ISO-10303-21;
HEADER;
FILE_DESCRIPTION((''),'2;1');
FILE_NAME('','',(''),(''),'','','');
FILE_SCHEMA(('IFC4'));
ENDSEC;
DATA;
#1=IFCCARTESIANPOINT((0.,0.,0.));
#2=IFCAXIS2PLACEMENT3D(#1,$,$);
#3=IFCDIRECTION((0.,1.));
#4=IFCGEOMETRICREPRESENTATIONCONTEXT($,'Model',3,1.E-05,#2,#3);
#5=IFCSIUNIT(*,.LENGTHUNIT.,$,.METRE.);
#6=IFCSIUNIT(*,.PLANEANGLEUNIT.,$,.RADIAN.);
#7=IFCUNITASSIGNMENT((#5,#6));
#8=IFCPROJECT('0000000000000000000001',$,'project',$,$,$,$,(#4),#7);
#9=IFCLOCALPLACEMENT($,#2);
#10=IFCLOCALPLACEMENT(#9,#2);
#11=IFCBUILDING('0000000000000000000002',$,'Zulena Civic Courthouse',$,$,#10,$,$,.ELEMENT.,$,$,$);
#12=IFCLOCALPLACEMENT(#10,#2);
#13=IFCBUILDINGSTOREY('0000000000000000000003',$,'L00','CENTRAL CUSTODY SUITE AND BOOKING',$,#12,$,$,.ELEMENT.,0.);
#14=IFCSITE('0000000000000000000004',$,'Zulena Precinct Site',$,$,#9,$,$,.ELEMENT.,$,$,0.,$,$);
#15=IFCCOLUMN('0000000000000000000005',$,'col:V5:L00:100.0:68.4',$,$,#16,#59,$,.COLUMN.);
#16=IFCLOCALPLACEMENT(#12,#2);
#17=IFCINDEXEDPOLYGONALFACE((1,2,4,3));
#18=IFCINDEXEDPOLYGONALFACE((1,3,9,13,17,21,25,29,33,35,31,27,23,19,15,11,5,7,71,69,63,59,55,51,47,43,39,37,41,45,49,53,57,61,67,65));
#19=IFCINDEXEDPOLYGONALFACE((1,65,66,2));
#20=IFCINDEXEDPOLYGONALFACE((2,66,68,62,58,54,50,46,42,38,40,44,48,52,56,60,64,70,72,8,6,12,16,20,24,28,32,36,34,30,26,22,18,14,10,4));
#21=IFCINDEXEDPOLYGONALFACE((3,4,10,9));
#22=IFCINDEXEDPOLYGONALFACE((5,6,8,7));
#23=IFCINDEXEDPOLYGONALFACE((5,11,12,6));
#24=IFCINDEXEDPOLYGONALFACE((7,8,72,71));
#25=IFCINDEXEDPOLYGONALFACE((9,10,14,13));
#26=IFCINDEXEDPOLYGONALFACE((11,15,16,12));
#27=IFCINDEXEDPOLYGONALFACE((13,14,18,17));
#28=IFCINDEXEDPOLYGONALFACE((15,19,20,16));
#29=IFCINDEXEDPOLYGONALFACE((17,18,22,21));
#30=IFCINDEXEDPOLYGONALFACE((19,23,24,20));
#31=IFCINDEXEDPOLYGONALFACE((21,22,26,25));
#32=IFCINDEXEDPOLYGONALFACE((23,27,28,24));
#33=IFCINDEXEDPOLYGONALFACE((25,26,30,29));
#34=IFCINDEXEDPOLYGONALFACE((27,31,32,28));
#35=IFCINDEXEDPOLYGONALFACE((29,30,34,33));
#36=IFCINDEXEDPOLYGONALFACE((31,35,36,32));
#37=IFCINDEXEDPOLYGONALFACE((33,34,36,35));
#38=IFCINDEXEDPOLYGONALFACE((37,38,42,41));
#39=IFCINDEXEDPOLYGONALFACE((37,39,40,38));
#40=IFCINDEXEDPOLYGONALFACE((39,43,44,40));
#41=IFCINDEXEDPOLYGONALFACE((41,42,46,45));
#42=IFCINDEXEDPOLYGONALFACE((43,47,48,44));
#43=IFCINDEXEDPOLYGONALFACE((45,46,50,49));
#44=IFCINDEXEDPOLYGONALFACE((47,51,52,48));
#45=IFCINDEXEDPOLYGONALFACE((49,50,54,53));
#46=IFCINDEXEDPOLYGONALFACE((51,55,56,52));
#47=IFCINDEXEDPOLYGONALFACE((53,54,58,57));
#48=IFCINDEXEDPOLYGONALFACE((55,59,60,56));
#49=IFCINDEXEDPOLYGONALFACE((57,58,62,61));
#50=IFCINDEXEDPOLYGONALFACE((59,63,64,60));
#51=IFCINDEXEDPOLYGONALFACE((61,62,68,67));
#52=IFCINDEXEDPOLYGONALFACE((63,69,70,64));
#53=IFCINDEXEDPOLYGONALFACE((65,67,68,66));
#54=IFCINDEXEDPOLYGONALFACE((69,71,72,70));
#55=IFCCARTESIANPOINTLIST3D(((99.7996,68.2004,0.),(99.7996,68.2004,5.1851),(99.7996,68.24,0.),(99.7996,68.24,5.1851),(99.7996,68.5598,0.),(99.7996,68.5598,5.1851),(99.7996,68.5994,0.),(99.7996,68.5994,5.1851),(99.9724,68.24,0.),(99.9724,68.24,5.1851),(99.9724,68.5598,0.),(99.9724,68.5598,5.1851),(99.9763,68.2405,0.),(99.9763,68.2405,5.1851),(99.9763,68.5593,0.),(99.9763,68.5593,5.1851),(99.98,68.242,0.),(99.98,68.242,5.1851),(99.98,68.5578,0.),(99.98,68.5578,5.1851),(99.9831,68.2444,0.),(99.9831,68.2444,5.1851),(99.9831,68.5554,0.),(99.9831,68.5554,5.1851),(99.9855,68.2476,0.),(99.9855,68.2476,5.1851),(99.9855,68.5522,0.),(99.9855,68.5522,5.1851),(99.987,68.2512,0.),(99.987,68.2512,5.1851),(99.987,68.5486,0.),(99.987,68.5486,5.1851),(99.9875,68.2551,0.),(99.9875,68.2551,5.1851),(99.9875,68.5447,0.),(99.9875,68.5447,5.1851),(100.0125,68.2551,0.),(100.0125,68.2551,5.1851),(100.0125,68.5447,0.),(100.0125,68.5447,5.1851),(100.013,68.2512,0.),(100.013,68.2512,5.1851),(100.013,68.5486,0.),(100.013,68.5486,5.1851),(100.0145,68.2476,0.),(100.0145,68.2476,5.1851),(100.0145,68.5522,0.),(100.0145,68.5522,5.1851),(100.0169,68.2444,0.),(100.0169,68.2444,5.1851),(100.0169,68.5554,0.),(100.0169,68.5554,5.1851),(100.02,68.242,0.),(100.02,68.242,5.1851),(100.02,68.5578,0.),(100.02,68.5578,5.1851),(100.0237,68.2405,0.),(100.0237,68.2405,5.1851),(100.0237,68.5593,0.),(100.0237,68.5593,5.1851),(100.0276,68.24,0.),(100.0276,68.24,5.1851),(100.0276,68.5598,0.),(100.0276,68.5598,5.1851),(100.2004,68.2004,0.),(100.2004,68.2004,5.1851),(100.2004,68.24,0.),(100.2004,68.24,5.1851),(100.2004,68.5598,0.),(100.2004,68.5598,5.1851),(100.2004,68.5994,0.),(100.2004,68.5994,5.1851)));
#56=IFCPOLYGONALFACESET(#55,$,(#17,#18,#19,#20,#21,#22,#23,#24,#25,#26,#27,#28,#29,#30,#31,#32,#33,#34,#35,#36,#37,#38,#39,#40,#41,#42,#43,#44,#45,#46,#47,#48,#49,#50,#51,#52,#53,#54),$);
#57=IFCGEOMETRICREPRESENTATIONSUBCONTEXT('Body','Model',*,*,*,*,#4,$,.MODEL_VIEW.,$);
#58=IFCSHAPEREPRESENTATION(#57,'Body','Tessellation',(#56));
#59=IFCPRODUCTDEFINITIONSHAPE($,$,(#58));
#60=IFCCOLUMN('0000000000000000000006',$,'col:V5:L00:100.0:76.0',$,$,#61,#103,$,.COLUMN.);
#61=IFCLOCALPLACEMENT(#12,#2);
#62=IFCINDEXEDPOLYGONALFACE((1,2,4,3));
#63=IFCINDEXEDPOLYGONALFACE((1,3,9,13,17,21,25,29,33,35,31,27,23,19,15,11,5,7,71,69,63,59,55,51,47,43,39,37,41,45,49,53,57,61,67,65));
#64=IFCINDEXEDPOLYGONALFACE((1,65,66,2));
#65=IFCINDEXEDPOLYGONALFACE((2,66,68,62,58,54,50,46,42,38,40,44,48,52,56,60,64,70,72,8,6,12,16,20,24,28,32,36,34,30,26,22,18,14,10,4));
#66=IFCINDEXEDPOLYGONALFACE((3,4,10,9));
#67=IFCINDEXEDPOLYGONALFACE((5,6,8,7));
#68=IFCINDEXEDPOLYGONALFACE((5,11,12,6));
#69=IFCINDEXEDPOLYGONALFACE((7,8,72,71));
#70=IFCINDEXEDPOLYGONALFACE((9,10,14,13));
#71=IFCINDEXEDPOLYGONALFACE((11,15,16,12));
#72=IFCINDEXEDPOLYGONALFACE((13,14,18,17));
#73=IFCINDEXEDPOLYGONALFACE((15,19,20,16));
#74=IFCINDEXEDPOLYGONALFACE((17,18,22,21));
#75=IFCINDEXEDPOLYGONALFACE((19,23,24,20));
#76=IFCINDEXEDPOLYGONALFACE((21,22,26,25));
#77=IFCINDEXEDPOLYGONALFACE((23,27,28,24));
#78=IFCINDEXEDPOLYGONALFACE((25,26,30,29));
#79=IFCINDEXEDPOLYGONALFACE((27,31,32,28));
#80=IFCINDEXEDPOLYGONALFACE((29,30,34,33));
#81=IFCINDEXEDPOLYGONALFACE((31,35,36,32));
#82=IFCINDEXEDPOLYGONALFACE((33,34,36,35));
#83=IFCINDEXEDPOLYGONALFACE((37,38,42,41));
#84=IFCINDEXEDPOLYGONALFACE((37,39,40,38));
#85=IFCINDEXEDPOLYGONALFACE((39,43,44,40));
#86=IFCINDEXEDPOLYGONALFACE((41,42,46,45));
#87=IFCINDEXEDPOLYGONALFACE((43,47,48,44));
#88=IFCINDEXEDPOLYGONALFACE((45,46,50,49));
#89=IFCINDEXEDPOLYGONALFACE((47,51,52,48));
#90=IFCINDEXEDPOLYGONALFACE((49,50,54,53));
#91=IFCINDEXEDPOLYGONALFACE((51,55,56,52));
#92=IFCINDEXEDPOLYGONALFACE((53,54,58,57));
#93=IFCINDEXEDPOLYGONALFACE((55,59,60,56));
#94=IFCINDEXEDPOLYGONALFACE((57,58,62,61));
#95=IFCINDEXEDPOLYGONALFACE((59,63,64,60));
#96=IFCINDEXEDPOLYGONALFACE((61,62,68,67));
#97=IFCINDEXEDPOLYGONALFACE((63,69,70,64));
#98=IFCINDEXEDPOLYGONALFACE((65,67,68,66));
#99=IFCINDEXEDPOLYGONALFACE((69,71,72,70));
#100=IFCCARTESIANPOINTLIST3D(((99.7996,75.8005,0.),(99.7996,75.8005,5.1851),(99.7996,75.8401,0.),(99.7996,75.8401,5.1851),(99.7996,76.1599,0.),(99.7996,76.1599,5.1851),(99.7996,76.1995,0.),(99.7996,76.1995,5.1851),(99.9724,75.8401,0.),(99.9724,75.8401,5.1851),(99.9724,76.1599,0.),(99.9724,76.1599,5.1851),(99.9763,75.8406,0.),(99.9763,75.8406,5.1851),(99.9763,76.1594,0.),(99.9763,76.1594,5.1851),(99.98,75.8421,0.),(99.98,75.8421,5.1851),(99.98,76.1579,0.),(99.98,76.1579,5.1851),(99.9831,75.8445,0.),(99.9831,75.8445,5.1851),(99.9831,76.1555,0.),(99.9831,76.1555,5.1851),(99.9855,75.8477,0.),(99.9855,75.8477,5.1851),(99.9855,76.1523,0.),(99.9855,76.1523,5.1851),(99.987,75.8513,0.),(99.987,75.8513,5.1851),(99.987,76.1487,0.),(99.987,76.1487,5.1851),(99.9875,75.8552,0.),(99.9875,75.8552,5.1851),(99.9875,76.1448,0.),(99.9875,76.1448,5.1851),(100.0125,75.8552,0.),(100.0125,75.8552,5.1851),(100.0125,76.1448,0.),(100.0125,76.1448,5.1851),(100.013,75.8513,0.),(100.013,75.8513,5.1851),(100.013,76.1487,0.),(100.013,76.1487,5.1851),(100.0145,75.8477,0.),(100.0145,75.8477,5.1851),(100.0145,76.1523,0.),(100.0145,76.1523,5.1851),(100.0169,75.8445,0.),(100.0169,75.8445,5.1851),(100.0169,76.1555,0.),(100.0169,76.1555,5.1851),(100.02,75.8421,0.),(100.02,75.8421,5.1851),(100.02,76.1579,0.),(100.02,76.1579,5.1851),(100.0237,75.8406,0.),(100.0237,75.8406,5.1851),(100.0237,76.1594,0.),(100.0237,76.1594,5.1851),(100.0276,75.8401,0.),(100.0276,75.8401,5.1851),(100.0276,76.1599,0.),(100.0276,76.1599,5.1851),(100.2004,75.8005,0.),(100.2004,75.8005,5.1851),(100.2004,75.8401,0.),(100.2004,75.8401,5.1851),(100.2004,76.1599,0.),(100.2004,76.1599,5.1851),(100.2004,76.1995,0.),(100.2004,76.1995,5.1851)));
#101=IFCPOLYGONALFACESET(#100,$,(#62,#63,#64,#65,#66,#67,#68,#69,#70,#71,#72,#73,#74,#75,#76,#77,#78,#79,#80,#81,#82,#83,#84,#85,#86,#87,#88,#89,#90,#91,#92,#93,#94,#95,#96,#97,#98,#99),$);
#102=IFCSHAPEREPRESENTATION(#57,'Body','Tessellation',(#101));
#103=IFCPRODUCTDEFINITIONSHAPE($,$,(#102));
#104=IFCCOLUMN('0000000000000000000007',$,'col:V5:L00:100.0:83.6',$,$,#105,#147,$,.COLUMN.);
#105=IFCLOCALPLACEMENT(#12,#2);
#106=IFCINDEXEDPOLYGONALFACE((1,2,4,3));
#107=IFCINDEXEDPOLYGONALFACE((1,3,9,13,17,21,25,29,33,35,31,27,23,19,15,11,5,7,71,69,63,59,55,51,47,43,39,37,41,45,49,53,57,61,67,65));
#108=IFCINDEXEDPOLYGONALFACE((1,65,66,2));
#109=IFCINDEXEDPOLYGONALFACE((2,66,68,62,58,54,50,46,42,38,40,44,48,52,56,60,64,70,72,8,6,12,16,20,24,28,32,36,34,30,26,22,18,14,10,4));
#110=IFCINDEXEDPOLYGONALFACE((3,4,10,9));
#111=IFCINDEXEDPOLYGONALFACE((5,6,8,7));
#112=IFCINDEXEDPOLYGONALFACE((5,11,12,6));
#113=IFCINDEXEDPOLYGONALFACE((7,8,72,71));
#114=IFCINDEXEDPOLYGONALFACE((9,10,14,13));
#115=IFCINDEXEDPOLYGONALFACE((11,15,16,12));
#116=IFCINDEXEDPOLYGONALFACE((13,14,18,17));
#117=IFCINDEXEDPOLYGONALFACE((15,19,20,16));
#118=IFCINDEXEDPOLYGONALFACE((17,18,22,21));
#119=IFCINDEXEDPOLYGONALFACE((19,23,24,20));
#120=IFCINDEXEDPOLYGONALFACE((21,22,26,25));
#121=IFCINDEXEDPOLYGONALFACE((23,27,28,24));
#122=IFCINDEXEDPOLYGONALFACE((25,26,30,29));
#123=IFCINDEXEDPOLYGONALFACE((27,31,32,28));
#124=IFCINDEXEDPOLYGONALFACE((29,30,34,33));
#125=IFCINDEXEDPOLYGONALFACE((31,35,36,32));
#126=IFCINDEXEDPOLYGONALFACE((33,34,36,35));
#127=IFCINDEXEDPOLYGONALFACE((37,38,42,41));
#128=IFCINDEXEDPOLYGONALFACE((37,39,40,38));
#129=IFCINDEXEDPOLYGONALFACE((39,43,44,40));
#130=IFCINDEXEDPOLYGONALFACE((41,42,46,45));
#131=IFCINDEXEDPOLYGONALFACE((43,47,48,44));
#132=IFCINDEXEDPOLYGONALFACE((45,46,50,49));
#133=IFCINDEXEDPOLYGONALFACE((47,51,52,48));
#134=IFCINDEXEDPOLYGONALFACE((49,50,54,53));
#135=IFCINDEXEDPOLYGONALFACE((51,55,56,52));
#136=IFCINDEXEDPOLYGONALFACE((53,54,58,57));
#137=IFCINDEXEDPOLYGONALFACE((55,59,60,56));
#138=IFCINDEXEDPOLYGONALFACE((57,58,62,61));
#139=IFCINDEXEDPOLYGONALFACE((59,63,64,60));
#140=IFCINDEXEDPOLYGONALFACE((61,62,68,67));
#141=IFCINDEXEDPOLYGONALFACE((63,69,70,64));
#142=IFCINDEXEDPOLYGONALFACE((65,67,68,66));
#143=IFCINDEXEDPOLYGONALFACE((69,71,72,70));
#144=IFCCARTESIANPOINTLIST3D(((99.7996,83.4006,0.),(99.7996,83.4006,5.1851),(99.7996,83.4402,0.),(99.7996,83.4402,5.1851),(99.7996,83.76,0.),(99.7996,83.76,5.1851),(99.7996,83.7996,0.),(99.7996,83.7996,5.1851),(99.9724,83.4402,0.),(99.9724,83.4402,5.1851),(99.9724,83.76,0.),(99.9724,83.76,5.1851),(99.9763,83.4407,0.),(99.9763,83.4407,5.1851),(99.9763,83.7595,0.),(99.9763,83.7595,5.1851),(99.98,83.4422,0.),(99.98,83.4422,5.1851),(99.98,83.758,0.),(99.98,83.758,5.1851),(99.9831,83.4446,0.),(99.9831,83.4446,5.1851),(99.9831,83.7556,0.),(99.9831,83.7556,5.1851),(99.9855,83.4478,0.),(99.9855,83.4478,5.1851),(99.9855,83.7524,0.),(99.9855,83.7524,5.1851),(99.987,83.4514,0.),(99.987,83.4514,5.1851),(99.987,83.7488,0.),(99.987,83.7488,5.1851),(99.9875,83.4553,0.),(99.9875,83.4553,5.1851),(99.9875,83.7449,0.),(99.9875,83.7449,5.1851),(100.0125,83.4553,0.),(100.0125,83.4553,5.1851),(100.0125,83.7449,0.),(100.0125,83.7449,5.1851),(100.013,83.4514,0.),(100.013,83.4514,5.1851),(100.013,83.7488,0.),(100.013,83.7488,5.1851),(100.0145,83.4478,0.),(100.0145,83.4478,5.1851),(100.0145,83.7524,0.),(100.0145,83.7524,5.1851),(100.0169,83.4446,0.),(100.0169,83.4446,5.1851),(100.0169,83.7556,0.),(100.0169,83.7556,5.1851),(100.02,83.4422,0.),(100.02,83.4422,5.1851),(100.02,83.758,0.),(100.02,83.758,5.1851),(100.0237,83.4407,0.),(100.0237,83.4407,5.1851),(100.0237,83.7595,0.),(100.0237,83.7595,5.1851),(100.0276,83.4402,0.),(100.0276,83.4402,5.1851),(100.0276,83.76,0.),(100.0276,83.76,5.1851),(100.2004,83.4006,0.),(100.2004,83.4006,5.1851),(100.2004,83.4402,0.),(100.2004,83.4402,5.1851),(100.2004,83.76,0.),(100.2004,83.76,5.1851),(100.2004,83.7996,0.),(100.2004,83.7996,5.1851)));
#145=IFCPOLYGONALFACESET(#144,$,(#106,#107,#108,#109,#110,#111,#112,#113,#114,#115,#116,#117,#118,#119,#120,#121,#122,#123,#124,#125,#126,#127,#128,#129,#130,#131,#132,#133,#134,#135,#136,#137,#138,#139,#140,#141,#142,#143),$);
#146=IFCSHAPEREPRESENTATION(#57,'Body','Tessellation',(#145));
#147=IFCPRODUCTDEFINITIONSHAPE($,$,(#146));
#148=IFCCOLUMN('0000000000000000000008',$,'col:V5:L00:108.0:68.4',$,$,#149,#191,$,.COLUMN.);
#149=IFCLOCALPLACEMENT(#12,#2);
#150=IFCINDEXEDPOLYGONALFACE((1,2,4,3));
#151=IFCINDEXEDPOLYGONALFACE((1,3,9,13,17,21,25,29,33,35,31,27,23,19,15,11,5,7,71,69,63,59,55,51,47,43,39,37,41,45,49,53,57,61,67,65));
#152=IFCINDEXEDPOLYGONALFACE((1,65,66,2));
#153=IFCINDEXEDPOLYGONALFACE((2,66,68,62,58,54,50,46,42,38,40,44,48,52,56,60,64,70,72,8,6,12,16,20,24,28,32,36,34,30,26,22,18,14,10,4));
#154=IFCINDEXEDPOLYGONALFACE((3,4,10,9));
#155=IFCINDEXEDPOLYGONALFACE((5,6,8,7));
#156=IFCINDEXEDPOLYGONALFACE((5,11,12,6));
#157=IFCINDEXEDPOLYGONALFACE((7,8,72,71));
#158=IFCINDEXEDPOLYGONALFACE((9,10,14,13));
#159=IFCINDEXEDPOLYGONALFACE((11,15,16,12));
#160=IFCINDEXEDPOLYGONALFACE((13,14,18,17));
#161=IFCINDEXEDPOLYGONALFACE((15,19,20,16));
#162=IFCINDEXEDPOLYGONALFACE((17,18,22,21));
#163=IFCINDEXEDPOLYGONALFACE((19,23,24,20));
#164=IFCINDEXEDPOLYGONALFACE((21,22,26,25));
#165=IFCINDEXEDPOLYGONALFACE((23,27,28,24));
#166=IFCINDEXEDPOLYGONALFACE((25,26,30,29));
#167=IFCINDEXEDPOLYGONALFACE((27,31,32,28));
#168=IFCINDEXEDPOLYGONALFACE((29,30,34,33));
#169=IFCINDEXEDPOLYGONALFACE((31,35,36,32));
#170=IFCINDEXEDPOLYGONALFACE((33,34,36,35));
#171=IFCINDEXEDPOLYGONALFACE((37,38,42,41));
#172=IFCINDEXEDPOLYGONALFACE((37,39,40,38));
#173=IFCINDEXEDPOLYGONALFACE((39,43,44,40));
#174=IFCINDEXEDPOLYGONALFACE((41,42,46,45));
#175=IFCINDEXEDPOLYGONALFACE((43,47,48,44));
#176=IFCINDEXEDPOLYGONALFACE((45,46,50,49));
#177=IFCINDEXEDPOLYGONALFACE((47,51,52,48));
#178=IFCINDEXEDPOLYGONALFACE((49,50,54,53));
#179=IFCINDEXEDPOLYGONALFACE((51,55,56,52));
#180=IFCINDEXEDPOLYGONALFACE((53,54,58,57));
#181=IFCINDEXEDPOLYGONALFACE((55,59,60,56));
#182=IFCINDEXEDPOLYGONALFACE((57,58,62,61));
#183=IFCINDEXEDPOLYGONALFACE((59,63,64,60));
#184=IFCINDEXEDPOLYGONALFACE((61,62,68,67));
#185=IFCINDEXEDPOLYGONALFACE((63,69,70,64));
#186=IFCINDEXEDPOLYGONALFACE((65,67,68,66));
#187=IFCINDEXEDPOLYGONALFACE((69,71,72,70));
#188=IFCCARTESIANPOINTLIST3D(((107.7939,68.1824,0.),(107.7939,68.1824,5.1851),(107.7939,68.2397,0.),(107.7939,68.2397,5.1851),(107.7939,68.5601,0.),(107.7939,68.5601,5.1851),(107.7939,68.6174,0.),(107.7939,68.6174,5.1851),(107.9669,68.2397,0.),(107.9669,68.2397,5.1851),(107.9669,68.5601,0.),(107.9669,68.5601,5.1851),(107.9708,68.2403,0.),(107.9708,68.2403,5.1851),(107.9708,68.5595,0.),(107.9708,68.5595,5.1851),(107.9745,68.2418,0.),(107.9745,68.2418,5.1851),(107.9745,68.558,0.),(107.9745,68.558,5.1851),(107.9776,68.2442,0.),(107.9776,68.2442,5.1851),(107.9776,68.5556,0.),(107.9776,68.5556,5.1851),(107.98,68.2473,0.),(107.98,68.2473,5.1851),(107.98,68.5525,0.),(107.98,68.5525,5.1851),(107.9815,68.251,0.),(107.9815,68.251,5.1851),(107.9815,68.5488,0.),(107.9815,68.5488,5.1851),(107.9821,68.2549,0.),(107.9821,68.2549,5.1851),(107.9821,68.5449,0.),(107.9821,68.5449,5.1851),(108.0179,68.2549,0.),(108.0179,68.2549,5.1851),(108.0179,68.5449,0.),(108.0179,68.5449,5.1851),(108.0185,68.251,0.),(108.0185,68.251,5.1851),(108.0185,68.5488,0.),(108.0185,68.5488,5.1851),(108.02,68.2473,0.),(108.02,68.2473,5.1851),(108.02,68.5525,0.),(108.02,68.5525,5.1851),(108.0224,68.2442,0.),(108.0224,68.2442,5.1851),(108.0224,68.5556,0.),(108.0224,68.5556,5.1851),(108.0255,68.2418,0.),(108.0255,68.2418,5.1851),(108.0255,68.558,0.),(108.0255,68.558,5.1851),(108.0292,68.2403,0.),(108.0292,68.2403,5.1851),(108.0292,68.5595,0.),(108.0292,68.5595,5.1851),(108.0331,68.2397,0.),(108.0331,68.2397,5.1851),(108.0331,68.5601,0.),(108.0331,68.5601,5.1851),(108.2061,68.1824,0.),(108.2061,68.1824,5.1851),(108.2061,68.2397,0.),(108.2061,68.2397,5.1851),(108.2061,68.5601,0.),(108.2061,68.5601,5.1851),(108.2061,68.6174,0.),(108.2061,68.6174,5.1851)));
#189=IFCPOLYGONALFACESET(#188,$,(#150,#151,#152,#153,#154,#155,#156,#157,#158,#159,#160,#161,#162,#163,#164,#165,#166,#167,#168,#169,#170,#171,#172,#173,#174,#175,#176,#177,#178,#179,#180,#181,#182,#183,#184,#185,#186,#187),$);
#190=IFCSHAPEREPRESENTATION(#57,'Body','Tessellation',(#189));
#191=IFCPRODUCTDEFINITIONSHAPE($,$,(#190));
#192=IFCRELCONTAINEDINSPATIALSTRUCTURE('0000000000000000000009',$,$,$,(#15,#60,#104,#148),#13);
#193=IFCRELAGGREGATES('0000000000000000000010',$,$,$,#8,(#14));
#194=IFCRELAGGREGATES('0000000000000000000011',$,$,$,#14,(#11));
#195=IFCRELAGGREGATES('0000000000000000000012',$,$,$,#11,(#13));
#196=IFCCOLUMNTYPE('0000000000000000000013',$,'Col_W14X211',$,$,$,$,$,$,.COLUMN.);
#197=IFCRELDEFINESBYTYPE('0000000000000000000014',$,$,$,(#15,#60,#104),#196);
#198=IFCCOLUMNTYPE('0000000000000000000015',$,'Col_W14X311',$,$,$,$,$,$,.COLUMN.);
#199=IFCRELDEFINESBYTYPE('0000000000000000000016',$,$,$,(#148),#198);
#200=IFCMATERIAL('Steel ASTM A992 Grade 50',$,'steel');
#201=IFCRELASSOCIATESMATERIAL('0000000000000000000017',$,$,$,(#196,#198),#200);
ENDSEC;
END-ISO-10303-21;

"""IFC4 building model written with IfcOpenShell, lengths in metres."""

from ifc_helpers import new_model, si_unit, direction, frame, origin, origin_2d, place, context, subcontext, project, spatial, i_section, extrude, material, material_profile, profile_set, type_object, element, save


model = new_model("IFC4")

# Units and contexts
model_context = context("Model", 3, precision=1e-05, world=origin(), true_north=direction((0.0, 1.0)))
body_context = subcontext(model_context, "Body", "Model", "MODEL_VIEW")
ifc_project = project(units=[si_unit("LENGTHUNIT", "METRE"), si_unit("PLANEANGLEUNIT", "RADIAN")], contexts=[model_context])

# Site, building, storey
site_placement = place(None, origin())
site = spatial("IfcSite", under=ifc_project, at=site_placement, Name="Zulena Precinct Site", CompositionType="ELEMENT", RefElevation=0.0)
building_placement = place(site_placement, origin())
building = spatial("IfcBuilding", under=site, at=building_placement, Name="Zulena Civic Courthouse", CompositionType="ELEMENT")
storey_placement = place(building_placement, origin())
storey = spatial("IfcBuildingStorey", under=building, at=storey_placement, Name="L00", Description="CENTRAL CUSTODY SUITE AND BOOKING", CompositionType="ELEMENT", Elevation=0.0)

# Columns
ifc_material_1 = material(Name="Steel ASTM A992 Grade 50", Category="steel")
ifc_material_profile_1 = material_profile(ifc_material_1, i_section(OverallWidth=0.4009, OverallDepth=0.3989, WebThickness=0.0249, FlangeThickness=0.0396, FilletRadius=0.0151, at=origin_2d()), Name="W14X211")
ifc_profile_set_1 = profile_set([ifc_material_profile_1], Name="Steel ASTM A992 Grade 50")
column_type_1 = type_object("IfcColumnType", Name="Col_W14X211", PredefinedType="COLUMN", material=ifc_profile_set_1)
for number, where, z_axis, x_axis, name in (
    (1, (100.0, 68.3999, 0.0), (0.0, 0.0, 1.0), (1.0, 0.0, 0.0), "col:V5:L00:100.0:68.4"),
    (2, (100.0, 76.0, 0.0), (0.0, 0.0, 1.0), (1.0, 0.0, 0.0), "col:V5:L00:100.0:76.0"),
    (3, (100.0, 83.6001, 0.0), (0.0, 0.0, 1.0), (1.0, 0.0, 0.0), "col:V5:L00:100.0:83.6"),
):
    element("IfcColumn", number, at=place(storey_placement, frame(where, z_axis=z_axis, x_axis=x_axis)), inside=storey, type_object=column_type_1, Name=name, PredefinedType="COLUMN", context=body_context, shape_type="SweptSolid", body=[
        extrude(i_section(OverallWidth=0.4009, OverallDepth=0.3989, WebThickness=0.0249, FlangeThickness=0.0396, FilletRadius=0.0151, at=origin_2d()), origin(), (0.0, 0.0, 1.0), 5.1851),
    ])
ifc_material_profile_2 = material_profile(ifc_material_1, i_section(OverallWidth=0.4121, OverallDepth=0.4351, WebThickness=0.0359, FlangeThickness=0.0574, FilletRadius=0.0151, at=origin_2d()), Name="W14X311")
ifc_profile_set_2 = profile_set([ifc_material_profile_2], Name="Steel ASTM A992 Grade 50")
column_type_2 = type_object("IfcColumnType", Name="Col_W14X311", PredefinedType="COLUMN", material=ifc_profile_set_2)
for number, where, z_axis, x_axis, name in (
    (4, (108.0, 68.3999, 0.0), (0.0, 0.0, 1.0), (1.0, 0.0, 0.0), "col:V5:L00:108.0:68.4"),
):
    element("IfcColumn", number, at=place(storey_placement, frame(where, z_axis=z_axis, x_axis=x_axis)), inside=storey, type_object=column_type_2, Name=name, PredefinedType="COLUMN", context=body_context, shape_type="SweptSolid", body=[
        extrude(i_section(OverallWidth=0.4121, OverallDepth=0.4351, WebThickness=0.0359, FlangeThickness=0.0574, FilletRadius=0.0151, at=origin_2d()), origin(), (0.0, 0.0, 1.0), 5.1851),
    ])

save(model, "model.ifc")
